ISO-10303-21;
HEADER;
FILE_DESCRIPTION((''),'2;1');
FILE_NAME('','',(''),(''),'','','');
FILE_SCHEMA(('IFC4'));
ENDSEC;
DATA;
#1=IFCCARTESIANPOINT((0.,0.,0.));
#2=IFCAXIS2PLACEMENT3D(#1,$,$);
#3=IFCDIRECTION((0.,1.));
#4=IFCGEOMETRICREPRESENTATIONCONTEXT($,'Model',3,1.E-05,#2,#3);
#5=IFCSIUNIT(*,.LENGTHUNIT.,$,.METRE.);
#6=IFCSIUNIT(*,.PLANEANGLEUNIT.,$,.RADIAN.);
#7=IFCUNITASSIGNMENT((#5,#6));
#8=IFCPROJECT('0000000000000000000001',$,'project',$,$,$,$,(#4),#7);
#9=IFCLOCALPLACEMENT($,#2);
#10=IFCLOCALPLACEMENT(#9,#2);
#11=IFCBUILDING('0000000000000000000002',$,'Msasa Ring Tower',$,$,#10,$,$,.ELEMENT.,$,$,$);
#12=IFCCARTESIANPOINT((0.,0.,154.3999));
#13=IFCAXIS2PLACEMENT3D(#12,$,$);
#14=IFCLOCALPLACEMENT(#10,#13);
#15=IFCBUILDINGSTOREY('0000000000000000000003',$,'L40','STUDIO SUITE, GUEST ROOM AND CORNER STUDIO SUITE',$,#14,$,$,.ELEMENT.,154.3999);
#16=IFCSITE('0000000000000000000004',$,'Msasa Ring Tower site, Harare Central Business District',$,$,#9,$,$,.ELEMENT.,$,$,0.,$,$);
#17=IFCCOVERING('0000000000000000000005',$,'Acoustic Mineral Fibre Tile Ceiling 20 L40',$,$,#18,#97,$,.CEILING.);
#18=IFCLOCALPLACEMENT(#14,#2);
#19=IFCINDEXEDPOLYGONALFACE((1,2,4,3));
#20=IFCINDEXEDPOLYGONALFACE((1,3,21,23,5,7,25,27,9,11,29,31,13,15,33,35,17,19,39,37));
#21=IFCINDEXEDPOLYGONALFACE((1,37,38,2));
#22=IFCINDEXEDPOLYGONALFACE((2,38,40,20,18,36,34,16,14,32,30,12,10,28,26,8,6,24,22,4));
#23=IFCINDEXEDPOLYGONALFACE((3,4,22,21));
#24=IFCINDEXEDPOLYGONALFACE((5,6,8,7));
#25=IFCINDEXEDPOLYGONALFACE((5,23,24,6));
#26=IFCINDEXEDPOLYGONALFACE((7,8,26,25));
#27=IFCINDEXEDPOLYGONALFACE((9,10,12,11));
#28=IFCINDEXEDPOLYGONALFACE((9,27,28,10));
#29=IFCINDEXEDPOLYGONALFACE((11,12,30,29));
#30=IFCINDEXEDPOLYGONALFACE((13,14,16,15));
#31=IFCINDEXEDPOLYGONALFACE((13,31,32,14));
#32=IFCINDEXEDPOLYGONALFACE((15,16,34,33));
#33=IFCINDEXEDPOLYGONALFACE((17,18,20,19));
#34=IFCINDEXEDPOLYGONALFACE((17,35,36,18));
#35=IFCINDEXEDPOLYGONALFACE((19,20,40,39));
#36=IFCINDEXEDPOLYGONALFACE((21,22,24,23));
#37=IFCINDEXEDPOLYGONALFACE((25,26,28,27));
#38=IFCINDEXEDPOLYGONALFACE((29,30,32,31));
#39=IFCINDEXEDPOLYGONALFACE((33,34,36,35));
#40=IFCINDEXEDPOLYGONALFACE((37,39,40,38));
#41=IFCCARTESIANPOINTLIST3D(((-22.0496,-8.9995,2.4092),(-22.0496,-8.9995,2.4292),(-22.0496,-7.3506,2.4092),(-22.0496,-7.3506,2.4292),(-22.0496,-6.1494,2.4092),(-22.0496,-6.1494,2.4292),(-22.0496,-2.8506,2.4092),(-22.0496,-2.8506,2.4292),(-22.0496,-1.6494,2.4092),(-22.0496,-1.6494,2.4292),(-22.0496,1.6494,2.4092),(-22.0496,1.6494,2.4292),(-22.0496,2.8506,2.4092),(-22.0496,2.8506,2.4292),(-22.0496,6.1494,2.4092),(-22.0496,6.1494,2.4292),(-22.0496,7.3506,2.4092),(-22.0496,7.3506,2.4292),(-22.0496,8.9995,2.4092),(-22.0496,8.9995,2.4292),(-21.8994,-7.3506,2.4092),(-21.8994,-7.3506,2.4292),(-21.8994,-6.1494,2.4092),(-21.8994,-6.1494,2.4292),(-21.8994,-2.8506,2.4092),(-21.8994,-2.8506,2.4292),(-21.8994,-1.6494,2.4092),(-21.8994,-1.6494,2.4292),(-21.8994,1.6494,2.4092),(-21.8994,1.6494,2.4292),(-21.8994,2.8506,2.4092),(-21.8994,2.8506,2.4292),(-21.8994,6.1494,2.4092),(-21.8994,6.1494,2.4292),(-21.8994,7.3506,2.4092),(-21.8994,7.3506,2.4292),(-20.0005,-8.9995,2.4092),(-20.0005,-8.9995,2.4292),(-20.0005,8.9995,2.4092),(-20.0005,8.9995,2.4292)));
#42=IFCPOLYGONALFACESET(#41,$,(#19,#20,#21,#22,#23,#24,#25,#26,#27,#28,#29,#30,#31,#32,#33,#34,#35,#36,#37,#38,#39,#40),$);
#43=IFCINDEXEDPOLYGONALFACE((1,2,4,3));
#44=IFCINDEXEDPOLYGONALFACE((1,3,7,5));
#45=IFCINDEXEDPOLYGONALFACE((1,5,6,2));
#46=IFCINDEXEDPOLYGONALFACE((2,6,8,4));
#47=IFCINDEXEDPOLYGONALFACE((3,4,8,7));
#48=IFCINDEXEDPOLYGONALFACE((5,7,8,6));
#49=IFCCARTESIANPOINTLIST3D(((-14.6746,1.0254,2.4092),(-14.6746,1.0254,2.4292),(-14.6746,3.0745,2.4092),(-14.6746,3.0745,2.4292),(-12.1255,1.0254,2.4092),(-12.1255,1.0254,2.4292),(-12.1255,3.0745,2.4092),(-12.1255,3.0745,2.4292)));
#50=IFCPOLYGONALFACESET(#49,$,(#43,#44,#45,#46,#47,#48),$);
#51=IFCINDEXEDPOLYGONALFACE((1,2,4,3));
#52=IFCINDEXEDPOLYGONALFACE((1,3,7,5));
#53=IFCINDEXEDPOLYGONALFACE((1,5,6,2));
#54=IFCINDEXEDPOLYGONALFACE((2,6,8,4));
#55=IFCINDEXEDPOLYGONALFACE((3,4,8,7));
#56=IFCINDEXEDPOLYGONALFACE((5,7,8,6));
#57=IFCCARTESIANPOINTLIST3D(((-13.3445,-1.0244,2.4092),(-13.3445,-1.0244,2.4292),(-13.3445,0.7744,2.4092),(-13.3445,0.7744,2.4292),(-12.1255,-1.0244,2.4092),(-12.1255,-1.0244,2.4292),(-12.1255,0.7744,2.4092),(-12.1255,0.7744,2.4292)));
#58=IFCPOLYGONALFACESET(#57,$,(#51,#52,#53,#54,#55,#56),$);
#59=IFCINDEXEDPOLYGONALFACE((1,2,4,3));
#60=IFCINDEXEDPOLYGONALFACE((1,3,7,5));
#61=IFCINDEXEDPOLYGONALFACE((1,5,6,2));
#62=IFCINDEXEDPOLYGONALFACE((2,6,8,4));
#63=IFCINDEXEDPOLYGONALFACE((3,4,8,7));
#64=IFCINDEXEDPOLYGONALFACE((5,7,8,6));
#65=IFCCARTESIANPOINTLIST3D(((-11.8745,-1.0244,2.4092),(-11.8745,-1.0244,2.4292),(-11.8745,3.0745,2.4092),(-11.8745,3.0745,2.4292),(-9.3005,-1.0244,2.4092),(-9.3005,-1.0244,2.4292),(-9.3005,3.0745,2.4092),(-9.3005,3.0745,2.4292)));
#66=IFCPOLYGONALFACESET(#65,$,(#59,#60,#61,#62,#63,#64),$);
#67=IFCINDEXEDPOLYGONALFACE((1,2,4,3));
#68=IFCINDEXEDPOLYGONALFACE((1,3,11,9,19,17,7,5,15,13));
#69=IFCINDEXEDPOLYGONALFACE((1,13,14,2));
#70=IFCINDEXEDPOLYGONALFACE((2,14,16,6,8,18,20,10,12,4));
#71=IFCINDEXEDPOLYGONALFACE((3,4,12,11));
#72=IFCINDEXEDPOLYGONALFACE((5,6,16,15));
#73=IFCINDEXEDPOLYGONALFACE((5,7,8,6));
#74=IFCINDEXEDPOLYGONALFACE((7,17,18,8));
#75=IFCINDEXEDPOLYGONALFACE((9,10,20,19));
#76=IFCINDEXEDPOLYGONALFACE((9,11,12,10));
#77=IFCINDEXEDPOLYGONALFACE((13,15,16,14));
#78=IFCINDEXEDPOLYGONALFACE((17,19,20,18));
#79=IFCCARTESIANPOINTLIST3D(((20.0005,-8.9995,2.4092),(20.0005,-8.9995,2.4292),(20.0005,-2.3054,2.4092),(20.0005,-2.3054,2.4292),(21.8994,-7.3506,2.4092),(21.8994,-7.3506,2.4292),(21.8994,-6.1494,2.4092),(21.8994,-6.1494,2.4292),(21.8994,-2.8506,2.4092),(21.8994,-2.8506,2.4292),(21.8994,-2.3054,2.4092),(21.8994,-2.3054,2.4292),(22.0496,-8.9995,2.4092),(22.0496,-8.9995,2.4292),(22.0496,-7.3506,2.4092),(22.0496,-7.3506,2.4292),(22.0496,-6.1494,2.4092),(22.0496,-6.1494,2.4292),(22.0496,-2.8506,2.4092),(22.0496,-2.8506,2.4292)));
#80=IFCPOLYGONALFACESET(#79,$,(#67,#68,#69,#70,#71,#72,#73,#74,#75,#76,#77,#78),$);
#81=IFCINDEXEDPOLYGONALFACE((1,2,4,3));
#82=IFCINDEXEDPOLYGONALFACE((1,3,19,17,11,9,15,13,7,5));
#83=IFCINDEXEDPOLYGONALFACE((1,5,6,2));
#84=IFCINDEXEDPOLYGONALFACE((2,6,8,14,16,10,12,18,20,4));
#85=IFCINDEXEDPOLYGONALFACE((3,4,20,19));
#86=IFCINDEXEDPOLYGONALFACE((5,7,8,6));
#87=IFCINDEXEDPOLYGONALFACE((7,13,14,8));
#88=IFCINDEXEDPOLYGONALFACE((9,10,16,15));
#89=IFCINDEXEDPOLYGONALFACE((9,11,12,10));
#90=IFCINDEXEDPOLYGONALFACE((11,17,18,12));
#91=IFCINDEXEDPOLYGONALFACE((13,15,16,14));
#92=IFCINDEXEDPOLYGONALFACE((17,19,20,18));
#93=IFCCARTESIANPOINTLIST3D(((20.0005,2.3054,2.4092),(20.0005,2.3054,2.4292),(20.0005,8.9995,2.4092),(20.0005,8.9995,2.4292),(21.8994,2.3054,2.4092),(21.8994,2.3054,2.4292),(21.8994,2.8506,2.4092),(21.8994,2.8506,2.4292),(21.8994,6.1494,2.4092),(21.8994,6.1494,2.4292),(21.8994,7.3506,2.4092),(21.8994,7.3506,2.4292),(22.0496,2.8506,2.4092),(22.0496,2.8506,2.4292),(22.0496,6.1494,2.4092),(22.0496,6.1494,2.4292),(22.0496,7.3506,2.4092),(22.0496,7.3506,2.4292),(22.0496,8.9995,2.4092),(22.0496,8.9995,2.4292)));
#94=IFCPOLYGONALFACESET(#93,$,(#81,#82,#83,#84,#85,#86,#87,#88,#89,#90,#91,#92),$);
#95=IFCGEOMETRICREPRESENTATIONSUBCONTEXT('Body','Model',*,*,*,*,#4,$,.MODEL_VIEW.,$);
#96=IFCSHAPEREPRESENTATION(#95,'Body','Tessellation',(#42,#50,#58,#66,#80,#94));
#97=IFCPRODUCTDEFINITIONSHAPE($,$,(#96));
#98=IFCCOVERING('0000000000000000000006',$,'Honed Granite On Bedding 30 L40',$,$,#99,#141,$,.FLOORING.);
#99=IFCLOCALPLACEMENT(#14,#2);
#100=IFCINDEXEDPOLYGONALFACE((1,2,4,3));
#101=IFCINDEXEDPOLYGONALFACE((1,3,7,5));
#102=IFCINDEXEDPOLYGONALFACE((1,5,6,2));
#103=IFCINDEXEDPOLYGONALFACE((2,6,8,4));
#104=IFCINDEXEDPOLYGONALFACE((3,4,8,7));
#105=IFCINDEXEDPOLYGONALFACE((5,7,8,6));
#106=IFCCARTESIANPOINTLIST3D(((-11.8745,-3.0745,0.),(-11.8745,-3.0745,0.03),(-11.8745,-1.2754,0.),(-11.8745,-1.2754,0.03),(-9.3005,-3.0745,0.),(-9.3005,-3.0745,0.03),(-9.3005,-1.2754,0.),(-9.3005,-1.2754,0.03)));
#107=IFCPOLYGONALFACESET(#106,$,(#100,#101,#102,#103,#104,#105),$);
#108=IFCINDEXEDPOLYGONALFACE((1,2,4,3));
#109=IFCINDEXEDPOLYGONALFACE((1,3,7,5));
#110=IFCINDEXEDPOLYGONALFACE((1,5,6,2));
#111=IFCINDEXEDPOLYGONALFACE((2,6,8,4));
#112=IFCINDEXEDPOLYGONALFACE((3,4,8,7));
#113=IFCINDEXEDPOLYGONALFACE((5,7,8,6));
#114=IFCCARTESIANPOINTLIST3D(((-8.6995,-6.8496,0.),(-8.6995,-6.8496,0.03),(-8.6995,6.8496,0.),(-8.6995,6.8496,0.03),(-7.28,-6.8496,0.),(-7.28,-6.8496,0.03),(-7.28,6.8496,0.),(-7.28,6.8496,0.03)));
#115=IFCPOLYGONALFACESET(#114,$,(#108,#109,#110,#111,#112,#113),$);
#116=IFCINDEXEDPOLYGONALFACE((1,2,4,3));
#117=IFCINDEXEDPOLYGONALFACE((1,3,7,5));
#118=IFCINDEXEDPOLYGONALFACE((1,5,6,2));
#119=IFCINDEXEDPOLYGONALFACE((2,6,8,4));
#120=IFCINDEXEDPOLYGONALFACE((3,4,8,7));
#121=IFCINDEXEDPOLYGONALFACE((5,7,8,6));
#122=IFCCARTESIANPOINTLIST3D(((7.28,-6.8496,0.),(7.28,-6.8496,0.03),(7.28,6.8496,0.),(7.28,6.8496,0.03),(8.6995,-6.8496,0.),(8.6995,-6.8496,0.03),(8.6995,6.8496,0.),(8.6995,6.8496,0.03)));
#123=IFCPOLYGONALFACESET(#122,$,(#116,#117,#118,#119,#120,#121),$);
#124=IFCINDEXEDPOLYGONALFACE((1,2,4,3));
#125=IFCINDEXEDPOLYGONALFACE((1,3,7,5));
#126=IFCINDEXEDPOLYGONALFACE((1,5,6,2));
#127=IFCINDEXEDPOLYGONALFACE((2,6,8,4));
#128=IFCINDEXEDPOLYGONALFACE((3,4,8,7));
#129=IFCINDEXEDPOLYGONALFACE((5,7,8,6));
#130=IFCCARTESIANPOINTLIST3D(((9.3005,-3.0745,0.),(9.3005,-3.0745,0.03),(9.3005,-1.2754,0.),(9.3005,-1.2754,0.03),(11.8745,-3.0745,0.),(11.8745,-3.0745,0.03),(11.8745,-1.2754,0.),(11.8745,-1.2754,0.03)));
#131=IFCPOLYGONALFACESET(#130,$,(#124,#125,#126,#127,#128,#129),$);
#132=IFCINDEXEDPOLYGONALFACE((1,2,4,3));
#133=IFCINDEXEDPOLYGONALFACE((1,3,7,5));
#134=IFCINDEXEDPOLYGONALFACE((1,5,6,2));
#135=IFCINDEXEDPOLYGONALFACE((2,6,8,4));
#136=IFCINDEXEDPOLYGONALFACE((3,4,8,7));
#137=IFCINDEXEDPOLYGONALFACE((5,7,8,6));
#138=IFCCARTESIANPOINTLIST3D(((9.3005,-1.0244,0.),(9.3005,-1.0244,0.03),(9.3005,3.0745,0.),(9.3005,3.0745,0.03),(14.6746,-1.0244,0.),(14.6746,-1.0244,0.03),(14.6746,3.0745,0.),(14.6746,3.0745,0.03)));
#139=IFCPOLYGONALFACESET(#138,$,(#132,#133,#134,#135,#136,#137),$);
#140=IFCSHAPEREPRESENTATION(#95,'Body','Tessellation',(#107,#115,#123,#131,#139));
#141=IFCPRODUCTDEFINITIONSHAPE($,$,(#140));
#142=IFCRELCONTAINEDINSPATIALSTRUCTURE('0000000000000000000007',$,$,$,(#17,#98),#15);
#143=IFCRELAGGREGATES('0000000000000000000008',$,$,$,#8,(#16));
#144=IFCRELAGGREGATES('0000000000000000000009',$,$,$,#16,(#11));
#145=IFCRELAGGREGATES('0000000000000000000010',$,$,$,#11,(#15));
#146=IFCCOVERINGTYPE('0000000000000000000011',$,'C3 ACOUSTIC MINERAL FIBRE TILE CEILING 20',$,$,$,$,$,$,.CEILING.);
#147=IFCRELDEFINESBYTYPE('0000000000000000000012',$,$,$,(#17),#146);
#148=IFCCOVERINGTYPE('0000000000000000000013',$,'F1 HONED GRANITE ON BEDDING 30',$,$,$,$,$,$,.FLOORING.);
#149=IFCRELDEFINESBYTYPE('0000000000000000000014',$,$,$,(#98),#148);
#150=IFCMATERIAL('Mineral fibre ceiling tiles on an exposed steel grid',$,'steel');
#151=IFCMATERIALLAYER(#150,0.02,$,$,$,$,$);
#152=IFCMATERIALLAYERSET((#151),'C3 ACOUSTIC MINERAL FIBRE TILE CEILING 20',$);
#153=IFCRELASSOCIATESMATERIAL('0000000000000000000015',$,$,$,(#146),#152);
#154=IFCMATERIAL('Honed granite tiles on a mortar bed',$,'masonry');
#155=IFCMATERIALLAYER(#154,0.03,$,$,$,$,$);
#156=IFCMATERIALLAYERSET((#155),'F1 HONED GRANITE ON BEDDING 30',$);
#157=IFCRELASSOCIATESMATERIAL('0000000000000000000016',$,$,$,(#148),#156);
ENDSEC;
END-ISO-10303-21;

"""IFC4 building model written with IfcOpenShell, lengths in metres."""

from ifc_helpers import new_model, si_unit, direction, frame, origin, place, context, subcontext, project, spatial, line, indexed_curve, outline, extrude, material, layer, layer_set, type_object, element, save


model = new_model("IFC4")

# Units and contexts
model_context = context("Model", 3, precision=1e-05, world=origin(), true_north=direction((0.0, 1.0)))
body_context = subcontext(model_context, "Body", "Model", "MODEL_VIEW")
ifc_project = project(units=[si_unit("LENGTHUNIT", "METRE"), si_unit("PLANEANGLEUNIT", "RADIAN")], contexts=[model_context])

# Site, building, storey
site_placement = place(None, origin())
site = spatial("IfcSite", under=ifc_project, at=site_placement, Name="Msasa Ring Tower site, Harare Central Business District", CompositionType="ELEMENT", RefElevation=0.0)
building_placement = place(site_placement, origin())
building = spatial("IfcBuilding", under=site, at=building_placement, Name="Msasa Ring Tower", CompositionType="ELEMENT")
storey_placement = place(building_placement, frame((0.0, 0.0, 154.3999)))
storey = spatial("IfcBuildingStorey", under=building, at=storey_placement, Name="L40", Description="STUDIO SUITE, GUEST ROOM AND CORNER STUDIO SUITE", CompositionType="ELEMENT", Elevation=154.3999)

# Coverings
ifc_material_1 = material(Name="Mineral fibre ceiling tiles on an exposed steel grid", Category="steel")
ifc_layer_1 = layer(ifc_material_1, 0.02)
ifc_layer_set_1 = layer_set([ifc_layer_1], Name="C3 ACOUSTIC MINERAL FIBRE TILE CEILING 20")
covering_type_1 = type_object("IfcCoveringType", Name="C3 ACOUSTIC MINERAL FIBRE TILE CEILING 20", PredefinedType="CEILING", material=ifc_layer_set_1)
covering_1_placement = place(storey_placement, frame((0.0, 0.0, 2.4092)))
element("IfcCovering", 1, at=covering_1_placement, inside=storey, type_object=covering_type_1, Name="Acoustic Mineral Fibre Tile Ceiling 20 L40", PredefinedType="CEILING", context=body_context, shape_type="SweptSolid", body=[
    extrude(outline(indexed_curve([(-20.0005, 8.9995), (-20.0005, -8.9995), (-22.0496, -8.9995), (-22.0496, -7.3506), (-21.8994, -7.3506), (-21.8994, -6.1494), (-22.0496, -6.1494), (-22.0496, -2.8506), (-21.8994, -2.8506), (-21.8994, -1.6494), (-22.0496, -1.6494), (-22.0496, 1.6494), (-21.8994, 1.6494), (-21.8994, 2.8506), (-22.0496, 2.8506), (-22.0496, 6.1494), (-21.8994, 6.1494), (-21.8994, 7.3506), (-22.0496, 7.3506), (-22.0496, 8.9995)], segments=[line(1, 2, 3, 4, 5, 6, 7, 8, 9, 10, 11, 12, 13, 14, 15, 16, 17, 18, 19, 20, 1)], self_intersect=False)), origin(), (0.0, 0.0, 1.0), 0.02),
    extrude(outline(indexed_curve([(-14.6746, 3.0745), (-12.1255, 3.0745), (-12.1255, 1.0254), (-14.6746, 1.0254)], segments=[line(1, 2, 3, 4, 1)], self_intersect=False)), origin(), (0.0, 0.0, 1.0), 0.02),
    extrude(outline(indexed_curve([(-13.3445, -1.0244), (-13.3445, 0.7744), (-12.1255, 0.7744), (-12.1255, -1.0244)], segments=[line(1, 2, 3, 4, 1)], self_intersect=False)), origin(), (0.0, 0.0, 1.0), 0.02),
    extrude(outline(indexed_curve([(-9.3005, -1.0244), (-11.8745, -1.0244), (-11.8745, 3.0745), (-9.3005, 3.0745)], segments=[line(1, 2, 3, 4, 1)], self_intersect=False)), origin(), (0.0, 0.0, 1.0), 0.02),
    extrude(outline(indexed_curve([(21.8994, -2.3054), (21.8994, -2.8506), (22.0496, -2.8506), (22.0496, -6.1494), (21.8994, -6.1494), (21.8994, -7.3506), (22.0496, -7.3506), (22.0496, -8.9995), (20.0005, -8.9995), (20.0005, -2.3054)], segments=[line(1, 2, 3, 4, 5, 6, 7, 8, 9, 10, 1)], self_intersect=False)), origin(), (0.0, 0.0, 1.0), 0.02),
    extrude(outline(indexed_curve([(22.0496, 7.3506), (21.8994, 7.3506), (21.8994, 6.1494), (22.0496, 6.1494), (22.0496, 2.8506), (21.8994, 2.8506), (21.8994, 2.3054), (20.0005, 2.3054), (20.0005, 8.9995), (22.0496, 8.9995)], segments=[line(1, 2, 3, 4, 5, 6, 7, 8, 9, 10, 1)], self_intersect=False)), origin(), (0.0, 0.0, 1.0), 0.02),
])
ifc_material_2 = material(Name="Honed granite tiles on a mortar bed", Category="masonry")
ifc_layer_2 = layer(ifc_material_2, 0.03)
ifc_layer_set_2 = layer_set([ifc_layer_2], Name="F1 HONED GRANITE ON BEDDING 30")
covering_type_2 = type_object("IfcCoveringType", Name="F1 HONED GRANITE ON BEDDING 30", PredefinedType="FLOORING", material=ifc_layer_set_2)
covering_2_placement = place(storey_placement, origin())
element("IfcCovering", 2, at=covering_2_placement, inside=storey, type_object=covering_type_2, Name="Honed Granite On Bedding 30 L40", PredefinedType="FLOORING", context=body_context, shape_type="SweptSolid", body=[
    extrude(outline(indexed_curve([(-11.8745, -3.0745), (-11.8745, -1.2754), (-9.3005, -1.2754), (-9.3005, -3.0745)], segments=[line(1, 2, 3, 4, 1)], self_intersect=False)), origin(), (0.0, 0.0, 1.0), 0.03),
    extrude(outline(indexed_curve([(-8.6995, -6.8496), (-8.6995, 6.8496), (-7.28, 6.8496), (-7.28, -6.8496)], segments=[line(1, 2, 3, 4, 1)], self_intersect=False)), origin(), (0.0, 0.0, 1.0), 0.03),
    extrude(outline(indexed_curve([(8.6995, 6.8496), (8.6995, -6.8496), (7.28, -6.8496), (7.28, 6.8496)], segments=[line(1, 2, 3, 4, 1)], self_intersect=False)), origin(), (0.0, 0.0, 1.0), 0.03),
    extrude(outline(indexed_curve([(9.3005, -3.0745), (9.3005, -1.2754), (11.8745, -1.2754), (11.8745, -3.0745)], segments=[line(1, 2, 3, 4, 1)], self_intersect=False)), origin(), (0.0, 0.0, 1.0), 0.03),
    extrude(outline(indexed_curve([(9.3005, 3.0745), (14.6746, 3.0745), (14.6746, -1.0244), (9.3005, -1.0244)], segments=[line(1, 2, 3, 4, 1)], self_intersect=False)), origin(), (0.0, 0.0, 1.0), 0.03),
])

save(model, "model.ifc")
